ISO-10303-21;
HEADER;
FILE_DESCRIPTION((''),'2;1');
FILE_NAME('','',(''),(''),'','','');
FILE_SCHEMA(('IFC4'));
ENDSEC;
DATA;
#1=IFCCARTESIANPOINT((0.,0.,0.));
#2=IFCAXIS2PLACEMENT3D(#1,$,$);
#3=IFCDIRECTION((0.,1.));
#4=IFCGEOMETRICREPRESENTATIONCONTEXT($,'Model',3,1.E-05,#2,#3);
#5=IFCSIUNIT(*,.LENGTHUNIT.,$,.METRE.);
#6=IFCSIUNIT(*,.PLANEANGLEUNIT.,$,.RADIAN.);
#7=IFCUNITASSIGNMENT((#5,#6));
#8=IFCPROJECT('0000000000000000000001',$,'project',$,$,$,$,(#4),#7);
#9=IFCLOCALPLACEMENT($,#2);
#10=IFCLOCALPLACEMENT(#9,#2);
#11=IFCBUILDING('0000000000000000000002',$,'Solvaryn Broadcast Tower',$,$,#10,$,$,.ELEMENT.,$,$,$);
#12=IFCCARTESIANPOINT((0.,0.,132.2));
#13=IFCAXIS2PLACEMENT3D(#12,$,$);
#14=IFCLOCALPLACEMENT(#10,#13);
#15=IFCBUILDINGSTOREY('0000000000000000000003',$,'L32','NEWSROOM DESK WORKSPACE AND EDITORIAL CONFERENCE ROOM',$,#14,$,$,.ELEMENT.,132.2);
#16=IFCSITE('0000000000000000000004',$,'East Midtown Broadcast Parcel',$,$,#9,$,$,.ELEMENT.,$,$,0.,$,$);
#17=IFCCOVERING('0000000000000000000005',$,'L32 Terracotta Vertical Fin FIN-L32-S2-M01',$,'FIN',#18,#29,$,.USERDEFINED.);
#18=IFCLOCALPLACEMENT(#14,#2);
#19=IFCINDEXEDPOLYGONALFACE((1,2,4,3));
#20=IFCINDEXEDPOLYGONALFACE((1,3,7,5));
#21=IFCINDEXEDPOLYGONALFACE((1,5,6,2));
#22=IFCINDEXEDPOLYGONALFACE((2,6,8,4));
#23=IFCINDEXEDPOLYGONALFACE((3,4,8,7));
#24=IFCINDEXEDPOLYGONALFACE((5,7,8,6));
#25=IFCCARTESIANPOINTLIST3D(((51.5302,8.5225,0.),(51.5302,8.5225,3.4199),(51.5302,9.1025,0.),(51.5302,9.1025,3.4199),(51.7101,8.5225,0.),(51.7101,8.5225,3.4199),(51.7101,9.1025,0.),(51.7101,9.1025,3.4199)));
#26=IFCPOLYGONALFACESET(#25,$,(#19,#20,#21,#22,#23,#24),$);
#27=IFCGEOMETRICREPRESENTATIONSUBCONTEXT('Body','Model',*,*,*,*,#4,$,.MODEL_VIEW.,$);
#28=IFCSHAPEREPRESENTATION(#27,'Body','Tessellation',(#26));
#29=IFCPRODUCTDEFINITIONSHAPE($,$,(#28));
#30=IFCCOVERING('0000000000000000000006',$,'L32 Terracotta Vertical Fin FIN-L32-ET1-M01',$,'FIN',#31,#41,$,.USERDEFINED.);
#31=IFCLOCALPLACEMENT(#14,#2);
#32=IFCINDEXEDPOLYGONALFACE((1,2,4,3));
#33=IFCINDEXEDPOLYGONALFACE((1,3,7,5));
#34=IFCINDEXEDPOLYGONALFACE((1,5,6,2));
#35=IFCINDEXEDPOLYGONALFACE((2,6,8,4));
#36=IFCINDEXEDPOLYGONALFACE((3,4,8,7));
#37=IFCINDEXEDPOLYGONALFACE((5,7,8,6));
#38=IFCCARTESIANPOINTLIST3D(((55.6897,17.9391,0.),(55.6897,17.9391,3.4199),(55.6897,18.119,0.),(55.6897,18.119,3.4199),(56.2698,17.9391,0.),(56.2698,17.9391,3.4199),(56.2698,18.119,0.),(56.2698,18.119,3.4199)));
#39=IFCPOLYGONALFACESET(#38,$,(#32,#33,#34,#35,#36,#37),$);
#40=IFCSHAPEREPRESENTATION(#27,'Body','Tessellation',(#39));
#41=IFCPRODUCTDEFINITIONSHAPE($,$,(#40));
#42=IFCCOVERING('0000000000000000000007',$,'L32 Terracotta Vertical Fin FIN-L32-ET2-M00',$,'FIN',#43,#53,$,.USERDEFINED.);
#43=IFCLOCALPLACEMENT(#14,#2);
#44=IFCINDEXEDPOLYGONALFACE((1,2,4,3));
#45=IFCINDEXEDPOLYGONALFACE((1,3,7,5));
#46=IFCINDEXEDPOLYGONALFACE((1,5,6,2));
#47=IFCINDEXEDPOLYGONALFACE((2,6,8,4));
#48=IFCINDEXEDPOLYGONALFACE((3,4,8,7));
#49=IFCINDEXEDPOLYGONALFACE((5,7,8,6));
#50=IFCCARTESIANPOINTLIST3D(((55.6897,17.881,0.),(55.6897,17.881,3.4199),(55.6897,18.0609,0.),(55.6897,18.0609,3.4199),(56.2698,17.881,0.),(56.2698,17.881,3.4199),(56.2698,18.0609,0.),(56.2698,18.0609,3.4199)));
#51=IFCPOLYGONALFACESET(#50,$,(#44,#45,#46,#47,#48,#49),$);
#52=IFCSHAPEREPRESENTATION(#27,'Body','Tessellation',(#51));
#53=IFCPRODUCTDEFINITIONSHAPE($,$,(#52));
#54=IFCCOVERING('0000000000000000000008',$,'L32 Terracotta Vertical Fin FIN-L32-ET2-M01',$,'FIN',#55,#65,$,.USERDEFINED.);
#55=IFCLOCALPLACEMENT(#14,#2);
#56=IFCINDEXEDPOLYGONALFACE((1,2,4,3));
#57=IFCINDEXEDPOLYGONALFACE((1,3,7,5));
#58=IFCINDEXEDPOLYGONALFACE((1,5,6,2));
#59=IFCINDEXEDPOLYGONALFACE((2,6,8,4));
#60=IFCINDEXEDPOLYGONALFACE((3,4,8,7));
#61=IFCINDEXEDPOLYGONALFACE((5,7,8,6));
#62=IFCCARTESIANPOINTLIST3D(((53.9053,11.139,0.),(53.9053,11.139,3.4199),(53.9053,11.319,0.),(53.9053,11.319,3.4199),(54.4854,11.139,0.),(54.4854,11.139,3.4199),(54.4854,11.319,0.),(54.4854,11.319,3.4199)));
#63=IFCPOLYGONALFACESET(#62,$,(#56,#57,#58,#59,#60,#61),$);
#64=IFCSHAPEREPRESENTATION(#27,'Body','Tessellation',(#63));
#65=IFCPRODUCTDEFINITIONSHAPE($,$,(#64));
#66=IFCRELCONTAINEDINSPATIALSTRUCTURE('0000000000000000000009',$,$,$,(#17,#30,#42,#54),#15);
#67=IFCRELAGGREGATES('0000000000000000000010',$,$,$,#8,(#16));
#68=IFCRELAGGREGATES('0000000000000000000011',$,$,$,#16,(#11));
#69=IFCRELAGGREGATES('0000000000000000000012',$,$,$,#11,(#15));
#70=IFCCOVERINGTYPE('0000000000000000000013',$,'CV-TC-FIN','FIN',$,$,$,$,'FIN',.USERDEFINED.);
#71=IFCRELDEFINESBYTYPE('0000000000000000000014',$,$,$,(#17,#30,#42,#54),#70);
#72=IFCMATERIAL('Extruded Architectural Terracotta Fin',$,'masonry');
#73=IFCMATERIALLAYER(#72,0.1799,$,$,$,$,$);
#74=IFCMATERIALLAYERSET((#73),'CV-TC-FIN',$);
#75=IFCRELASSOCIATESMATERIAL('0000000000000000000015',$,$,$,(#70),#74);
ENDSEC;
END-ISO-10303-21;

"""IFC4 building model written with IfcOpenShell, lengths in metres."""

from ifc_helpers import new_model, si_unit, direction, frame, origin, origin_2d, place, context, subcontext, project, spatial, rectangle, extrude, material, layer, layer_set, type_object, element, save


model = new_model("IFC4")

# Units and contexts
model_context = context("Model", 3, precision=1e-05, world=origin(), true_north=direction((0.0, 1.0)))
body_context = subcontext(model_context, "Body", "Model", "MODEL_VIEW")
ifc_project = project(units=[si_unit("LENGTHUNIT", "METRE"), si_unit("PLANEANGLEUNIT", "RADIAN")], contexts=[model_context])

# Site, building, storey
site_placement = place(None, origin())
site = spatial("IfcSite", under=ifc_project, at=site_placement, Name="East Midtown Broadcast Parcel", CompositionType="ELEMENT", RefElevation=0.0)
building_placement = place(site_placement, origin())
building = spatial("IfcBuilding", under=site, at=building_placement, Name="Solvaryn Broadcast Tower", CompositionType="ELEMENT")
storey_placement = place(building_placement, frame((0.0, 0.0, 132.2)))
storey = spatial("IfcBuildingStorey", under=building, at=storey_placement, Name="L32", Description="NEWSROOM DESK WORKSPACE AND EDITORIAL CONFERENCE ROOM", CompositionType="ELEMENT", Elevation=132.2)

# Coverings
ifc_material_1 = material(Name="Extruded Architectural Terracotta Fin", Category="masonry")
ifc_layer_1 = layer(ifc_material_1, 0.1799)
ifc_layer_set_1 = layer_set([ifc_layer_1], Name="CV-TC-FIN")
covering_type_1 = type_object("IfcCoveringType", Name="CV-TC-FIN", Description="FIN", ElementType="FIN", PredefinedType="USERDEFINED", material=ifc_layer_set_1)
covering_1_placement = place(storey_placement, frame((51.6201, 8.8125, 0.0), z_axis=(0.0, 0.0, 1.0), x_axis=(1.0, 0.0, 0.0)))
element("IfcCovering", 1, at=covering_1_placement, inside=storey, type_object=covering_type_1, Name="L32 Terracotta Vertical Fin FIN-L32-S2-M01", ObjectType="FIN", PredefinedType="USERDEFINED", context=body_context, shape_type="SweptSolid", body=[
    extrude(rectangle(XDim=0.1799, YDim=0.5801, at=origin_2d()), origin(), (0.0, 0.0, 1.0), 3.4199),
])
for number, where, z_axis, x_axis, name in (
    (2, (55.9797, 18.0291, 0.0), (0.0, 0.0, 1.0), (1.0, 0.0, 0.0), "L32 Terracotta Vertical Fin FIN-L32-ET1-M01"),
    (3, (55.9797, 17.9709, 0.0), (0.0, 0.0, 1.0), (1.0, 0.0, 0.0), "L32 Terracotta Vertical Fin FIN-L32-ET2-M00"),
    (4, (54.1953, 11.229, 0.0), (0.0, 0.0, 1.0), (1.0, 0.0, 0.0), "L32 Terracotta Vertical Fin FIN-L32-ET2-M01"),
):
    element("IfcCovering", number, at=place(storey_placement, frame(where, z_axis=z_axis, x_axis=x_axis)), inside=storey, type_object=covering_type_1, Name=name, ObjectType="FIN", PredefinedType="USERDEFINED", context=body_context, shape_type="SweptSolid", body=[
        extrude(rectangle(XDim=0.5801, YDim=0.1799, at=origin_2d()), origin(), (0.0, 0.0, 1.0), 3.4199),
    ])

save(model, "model.ifc")
